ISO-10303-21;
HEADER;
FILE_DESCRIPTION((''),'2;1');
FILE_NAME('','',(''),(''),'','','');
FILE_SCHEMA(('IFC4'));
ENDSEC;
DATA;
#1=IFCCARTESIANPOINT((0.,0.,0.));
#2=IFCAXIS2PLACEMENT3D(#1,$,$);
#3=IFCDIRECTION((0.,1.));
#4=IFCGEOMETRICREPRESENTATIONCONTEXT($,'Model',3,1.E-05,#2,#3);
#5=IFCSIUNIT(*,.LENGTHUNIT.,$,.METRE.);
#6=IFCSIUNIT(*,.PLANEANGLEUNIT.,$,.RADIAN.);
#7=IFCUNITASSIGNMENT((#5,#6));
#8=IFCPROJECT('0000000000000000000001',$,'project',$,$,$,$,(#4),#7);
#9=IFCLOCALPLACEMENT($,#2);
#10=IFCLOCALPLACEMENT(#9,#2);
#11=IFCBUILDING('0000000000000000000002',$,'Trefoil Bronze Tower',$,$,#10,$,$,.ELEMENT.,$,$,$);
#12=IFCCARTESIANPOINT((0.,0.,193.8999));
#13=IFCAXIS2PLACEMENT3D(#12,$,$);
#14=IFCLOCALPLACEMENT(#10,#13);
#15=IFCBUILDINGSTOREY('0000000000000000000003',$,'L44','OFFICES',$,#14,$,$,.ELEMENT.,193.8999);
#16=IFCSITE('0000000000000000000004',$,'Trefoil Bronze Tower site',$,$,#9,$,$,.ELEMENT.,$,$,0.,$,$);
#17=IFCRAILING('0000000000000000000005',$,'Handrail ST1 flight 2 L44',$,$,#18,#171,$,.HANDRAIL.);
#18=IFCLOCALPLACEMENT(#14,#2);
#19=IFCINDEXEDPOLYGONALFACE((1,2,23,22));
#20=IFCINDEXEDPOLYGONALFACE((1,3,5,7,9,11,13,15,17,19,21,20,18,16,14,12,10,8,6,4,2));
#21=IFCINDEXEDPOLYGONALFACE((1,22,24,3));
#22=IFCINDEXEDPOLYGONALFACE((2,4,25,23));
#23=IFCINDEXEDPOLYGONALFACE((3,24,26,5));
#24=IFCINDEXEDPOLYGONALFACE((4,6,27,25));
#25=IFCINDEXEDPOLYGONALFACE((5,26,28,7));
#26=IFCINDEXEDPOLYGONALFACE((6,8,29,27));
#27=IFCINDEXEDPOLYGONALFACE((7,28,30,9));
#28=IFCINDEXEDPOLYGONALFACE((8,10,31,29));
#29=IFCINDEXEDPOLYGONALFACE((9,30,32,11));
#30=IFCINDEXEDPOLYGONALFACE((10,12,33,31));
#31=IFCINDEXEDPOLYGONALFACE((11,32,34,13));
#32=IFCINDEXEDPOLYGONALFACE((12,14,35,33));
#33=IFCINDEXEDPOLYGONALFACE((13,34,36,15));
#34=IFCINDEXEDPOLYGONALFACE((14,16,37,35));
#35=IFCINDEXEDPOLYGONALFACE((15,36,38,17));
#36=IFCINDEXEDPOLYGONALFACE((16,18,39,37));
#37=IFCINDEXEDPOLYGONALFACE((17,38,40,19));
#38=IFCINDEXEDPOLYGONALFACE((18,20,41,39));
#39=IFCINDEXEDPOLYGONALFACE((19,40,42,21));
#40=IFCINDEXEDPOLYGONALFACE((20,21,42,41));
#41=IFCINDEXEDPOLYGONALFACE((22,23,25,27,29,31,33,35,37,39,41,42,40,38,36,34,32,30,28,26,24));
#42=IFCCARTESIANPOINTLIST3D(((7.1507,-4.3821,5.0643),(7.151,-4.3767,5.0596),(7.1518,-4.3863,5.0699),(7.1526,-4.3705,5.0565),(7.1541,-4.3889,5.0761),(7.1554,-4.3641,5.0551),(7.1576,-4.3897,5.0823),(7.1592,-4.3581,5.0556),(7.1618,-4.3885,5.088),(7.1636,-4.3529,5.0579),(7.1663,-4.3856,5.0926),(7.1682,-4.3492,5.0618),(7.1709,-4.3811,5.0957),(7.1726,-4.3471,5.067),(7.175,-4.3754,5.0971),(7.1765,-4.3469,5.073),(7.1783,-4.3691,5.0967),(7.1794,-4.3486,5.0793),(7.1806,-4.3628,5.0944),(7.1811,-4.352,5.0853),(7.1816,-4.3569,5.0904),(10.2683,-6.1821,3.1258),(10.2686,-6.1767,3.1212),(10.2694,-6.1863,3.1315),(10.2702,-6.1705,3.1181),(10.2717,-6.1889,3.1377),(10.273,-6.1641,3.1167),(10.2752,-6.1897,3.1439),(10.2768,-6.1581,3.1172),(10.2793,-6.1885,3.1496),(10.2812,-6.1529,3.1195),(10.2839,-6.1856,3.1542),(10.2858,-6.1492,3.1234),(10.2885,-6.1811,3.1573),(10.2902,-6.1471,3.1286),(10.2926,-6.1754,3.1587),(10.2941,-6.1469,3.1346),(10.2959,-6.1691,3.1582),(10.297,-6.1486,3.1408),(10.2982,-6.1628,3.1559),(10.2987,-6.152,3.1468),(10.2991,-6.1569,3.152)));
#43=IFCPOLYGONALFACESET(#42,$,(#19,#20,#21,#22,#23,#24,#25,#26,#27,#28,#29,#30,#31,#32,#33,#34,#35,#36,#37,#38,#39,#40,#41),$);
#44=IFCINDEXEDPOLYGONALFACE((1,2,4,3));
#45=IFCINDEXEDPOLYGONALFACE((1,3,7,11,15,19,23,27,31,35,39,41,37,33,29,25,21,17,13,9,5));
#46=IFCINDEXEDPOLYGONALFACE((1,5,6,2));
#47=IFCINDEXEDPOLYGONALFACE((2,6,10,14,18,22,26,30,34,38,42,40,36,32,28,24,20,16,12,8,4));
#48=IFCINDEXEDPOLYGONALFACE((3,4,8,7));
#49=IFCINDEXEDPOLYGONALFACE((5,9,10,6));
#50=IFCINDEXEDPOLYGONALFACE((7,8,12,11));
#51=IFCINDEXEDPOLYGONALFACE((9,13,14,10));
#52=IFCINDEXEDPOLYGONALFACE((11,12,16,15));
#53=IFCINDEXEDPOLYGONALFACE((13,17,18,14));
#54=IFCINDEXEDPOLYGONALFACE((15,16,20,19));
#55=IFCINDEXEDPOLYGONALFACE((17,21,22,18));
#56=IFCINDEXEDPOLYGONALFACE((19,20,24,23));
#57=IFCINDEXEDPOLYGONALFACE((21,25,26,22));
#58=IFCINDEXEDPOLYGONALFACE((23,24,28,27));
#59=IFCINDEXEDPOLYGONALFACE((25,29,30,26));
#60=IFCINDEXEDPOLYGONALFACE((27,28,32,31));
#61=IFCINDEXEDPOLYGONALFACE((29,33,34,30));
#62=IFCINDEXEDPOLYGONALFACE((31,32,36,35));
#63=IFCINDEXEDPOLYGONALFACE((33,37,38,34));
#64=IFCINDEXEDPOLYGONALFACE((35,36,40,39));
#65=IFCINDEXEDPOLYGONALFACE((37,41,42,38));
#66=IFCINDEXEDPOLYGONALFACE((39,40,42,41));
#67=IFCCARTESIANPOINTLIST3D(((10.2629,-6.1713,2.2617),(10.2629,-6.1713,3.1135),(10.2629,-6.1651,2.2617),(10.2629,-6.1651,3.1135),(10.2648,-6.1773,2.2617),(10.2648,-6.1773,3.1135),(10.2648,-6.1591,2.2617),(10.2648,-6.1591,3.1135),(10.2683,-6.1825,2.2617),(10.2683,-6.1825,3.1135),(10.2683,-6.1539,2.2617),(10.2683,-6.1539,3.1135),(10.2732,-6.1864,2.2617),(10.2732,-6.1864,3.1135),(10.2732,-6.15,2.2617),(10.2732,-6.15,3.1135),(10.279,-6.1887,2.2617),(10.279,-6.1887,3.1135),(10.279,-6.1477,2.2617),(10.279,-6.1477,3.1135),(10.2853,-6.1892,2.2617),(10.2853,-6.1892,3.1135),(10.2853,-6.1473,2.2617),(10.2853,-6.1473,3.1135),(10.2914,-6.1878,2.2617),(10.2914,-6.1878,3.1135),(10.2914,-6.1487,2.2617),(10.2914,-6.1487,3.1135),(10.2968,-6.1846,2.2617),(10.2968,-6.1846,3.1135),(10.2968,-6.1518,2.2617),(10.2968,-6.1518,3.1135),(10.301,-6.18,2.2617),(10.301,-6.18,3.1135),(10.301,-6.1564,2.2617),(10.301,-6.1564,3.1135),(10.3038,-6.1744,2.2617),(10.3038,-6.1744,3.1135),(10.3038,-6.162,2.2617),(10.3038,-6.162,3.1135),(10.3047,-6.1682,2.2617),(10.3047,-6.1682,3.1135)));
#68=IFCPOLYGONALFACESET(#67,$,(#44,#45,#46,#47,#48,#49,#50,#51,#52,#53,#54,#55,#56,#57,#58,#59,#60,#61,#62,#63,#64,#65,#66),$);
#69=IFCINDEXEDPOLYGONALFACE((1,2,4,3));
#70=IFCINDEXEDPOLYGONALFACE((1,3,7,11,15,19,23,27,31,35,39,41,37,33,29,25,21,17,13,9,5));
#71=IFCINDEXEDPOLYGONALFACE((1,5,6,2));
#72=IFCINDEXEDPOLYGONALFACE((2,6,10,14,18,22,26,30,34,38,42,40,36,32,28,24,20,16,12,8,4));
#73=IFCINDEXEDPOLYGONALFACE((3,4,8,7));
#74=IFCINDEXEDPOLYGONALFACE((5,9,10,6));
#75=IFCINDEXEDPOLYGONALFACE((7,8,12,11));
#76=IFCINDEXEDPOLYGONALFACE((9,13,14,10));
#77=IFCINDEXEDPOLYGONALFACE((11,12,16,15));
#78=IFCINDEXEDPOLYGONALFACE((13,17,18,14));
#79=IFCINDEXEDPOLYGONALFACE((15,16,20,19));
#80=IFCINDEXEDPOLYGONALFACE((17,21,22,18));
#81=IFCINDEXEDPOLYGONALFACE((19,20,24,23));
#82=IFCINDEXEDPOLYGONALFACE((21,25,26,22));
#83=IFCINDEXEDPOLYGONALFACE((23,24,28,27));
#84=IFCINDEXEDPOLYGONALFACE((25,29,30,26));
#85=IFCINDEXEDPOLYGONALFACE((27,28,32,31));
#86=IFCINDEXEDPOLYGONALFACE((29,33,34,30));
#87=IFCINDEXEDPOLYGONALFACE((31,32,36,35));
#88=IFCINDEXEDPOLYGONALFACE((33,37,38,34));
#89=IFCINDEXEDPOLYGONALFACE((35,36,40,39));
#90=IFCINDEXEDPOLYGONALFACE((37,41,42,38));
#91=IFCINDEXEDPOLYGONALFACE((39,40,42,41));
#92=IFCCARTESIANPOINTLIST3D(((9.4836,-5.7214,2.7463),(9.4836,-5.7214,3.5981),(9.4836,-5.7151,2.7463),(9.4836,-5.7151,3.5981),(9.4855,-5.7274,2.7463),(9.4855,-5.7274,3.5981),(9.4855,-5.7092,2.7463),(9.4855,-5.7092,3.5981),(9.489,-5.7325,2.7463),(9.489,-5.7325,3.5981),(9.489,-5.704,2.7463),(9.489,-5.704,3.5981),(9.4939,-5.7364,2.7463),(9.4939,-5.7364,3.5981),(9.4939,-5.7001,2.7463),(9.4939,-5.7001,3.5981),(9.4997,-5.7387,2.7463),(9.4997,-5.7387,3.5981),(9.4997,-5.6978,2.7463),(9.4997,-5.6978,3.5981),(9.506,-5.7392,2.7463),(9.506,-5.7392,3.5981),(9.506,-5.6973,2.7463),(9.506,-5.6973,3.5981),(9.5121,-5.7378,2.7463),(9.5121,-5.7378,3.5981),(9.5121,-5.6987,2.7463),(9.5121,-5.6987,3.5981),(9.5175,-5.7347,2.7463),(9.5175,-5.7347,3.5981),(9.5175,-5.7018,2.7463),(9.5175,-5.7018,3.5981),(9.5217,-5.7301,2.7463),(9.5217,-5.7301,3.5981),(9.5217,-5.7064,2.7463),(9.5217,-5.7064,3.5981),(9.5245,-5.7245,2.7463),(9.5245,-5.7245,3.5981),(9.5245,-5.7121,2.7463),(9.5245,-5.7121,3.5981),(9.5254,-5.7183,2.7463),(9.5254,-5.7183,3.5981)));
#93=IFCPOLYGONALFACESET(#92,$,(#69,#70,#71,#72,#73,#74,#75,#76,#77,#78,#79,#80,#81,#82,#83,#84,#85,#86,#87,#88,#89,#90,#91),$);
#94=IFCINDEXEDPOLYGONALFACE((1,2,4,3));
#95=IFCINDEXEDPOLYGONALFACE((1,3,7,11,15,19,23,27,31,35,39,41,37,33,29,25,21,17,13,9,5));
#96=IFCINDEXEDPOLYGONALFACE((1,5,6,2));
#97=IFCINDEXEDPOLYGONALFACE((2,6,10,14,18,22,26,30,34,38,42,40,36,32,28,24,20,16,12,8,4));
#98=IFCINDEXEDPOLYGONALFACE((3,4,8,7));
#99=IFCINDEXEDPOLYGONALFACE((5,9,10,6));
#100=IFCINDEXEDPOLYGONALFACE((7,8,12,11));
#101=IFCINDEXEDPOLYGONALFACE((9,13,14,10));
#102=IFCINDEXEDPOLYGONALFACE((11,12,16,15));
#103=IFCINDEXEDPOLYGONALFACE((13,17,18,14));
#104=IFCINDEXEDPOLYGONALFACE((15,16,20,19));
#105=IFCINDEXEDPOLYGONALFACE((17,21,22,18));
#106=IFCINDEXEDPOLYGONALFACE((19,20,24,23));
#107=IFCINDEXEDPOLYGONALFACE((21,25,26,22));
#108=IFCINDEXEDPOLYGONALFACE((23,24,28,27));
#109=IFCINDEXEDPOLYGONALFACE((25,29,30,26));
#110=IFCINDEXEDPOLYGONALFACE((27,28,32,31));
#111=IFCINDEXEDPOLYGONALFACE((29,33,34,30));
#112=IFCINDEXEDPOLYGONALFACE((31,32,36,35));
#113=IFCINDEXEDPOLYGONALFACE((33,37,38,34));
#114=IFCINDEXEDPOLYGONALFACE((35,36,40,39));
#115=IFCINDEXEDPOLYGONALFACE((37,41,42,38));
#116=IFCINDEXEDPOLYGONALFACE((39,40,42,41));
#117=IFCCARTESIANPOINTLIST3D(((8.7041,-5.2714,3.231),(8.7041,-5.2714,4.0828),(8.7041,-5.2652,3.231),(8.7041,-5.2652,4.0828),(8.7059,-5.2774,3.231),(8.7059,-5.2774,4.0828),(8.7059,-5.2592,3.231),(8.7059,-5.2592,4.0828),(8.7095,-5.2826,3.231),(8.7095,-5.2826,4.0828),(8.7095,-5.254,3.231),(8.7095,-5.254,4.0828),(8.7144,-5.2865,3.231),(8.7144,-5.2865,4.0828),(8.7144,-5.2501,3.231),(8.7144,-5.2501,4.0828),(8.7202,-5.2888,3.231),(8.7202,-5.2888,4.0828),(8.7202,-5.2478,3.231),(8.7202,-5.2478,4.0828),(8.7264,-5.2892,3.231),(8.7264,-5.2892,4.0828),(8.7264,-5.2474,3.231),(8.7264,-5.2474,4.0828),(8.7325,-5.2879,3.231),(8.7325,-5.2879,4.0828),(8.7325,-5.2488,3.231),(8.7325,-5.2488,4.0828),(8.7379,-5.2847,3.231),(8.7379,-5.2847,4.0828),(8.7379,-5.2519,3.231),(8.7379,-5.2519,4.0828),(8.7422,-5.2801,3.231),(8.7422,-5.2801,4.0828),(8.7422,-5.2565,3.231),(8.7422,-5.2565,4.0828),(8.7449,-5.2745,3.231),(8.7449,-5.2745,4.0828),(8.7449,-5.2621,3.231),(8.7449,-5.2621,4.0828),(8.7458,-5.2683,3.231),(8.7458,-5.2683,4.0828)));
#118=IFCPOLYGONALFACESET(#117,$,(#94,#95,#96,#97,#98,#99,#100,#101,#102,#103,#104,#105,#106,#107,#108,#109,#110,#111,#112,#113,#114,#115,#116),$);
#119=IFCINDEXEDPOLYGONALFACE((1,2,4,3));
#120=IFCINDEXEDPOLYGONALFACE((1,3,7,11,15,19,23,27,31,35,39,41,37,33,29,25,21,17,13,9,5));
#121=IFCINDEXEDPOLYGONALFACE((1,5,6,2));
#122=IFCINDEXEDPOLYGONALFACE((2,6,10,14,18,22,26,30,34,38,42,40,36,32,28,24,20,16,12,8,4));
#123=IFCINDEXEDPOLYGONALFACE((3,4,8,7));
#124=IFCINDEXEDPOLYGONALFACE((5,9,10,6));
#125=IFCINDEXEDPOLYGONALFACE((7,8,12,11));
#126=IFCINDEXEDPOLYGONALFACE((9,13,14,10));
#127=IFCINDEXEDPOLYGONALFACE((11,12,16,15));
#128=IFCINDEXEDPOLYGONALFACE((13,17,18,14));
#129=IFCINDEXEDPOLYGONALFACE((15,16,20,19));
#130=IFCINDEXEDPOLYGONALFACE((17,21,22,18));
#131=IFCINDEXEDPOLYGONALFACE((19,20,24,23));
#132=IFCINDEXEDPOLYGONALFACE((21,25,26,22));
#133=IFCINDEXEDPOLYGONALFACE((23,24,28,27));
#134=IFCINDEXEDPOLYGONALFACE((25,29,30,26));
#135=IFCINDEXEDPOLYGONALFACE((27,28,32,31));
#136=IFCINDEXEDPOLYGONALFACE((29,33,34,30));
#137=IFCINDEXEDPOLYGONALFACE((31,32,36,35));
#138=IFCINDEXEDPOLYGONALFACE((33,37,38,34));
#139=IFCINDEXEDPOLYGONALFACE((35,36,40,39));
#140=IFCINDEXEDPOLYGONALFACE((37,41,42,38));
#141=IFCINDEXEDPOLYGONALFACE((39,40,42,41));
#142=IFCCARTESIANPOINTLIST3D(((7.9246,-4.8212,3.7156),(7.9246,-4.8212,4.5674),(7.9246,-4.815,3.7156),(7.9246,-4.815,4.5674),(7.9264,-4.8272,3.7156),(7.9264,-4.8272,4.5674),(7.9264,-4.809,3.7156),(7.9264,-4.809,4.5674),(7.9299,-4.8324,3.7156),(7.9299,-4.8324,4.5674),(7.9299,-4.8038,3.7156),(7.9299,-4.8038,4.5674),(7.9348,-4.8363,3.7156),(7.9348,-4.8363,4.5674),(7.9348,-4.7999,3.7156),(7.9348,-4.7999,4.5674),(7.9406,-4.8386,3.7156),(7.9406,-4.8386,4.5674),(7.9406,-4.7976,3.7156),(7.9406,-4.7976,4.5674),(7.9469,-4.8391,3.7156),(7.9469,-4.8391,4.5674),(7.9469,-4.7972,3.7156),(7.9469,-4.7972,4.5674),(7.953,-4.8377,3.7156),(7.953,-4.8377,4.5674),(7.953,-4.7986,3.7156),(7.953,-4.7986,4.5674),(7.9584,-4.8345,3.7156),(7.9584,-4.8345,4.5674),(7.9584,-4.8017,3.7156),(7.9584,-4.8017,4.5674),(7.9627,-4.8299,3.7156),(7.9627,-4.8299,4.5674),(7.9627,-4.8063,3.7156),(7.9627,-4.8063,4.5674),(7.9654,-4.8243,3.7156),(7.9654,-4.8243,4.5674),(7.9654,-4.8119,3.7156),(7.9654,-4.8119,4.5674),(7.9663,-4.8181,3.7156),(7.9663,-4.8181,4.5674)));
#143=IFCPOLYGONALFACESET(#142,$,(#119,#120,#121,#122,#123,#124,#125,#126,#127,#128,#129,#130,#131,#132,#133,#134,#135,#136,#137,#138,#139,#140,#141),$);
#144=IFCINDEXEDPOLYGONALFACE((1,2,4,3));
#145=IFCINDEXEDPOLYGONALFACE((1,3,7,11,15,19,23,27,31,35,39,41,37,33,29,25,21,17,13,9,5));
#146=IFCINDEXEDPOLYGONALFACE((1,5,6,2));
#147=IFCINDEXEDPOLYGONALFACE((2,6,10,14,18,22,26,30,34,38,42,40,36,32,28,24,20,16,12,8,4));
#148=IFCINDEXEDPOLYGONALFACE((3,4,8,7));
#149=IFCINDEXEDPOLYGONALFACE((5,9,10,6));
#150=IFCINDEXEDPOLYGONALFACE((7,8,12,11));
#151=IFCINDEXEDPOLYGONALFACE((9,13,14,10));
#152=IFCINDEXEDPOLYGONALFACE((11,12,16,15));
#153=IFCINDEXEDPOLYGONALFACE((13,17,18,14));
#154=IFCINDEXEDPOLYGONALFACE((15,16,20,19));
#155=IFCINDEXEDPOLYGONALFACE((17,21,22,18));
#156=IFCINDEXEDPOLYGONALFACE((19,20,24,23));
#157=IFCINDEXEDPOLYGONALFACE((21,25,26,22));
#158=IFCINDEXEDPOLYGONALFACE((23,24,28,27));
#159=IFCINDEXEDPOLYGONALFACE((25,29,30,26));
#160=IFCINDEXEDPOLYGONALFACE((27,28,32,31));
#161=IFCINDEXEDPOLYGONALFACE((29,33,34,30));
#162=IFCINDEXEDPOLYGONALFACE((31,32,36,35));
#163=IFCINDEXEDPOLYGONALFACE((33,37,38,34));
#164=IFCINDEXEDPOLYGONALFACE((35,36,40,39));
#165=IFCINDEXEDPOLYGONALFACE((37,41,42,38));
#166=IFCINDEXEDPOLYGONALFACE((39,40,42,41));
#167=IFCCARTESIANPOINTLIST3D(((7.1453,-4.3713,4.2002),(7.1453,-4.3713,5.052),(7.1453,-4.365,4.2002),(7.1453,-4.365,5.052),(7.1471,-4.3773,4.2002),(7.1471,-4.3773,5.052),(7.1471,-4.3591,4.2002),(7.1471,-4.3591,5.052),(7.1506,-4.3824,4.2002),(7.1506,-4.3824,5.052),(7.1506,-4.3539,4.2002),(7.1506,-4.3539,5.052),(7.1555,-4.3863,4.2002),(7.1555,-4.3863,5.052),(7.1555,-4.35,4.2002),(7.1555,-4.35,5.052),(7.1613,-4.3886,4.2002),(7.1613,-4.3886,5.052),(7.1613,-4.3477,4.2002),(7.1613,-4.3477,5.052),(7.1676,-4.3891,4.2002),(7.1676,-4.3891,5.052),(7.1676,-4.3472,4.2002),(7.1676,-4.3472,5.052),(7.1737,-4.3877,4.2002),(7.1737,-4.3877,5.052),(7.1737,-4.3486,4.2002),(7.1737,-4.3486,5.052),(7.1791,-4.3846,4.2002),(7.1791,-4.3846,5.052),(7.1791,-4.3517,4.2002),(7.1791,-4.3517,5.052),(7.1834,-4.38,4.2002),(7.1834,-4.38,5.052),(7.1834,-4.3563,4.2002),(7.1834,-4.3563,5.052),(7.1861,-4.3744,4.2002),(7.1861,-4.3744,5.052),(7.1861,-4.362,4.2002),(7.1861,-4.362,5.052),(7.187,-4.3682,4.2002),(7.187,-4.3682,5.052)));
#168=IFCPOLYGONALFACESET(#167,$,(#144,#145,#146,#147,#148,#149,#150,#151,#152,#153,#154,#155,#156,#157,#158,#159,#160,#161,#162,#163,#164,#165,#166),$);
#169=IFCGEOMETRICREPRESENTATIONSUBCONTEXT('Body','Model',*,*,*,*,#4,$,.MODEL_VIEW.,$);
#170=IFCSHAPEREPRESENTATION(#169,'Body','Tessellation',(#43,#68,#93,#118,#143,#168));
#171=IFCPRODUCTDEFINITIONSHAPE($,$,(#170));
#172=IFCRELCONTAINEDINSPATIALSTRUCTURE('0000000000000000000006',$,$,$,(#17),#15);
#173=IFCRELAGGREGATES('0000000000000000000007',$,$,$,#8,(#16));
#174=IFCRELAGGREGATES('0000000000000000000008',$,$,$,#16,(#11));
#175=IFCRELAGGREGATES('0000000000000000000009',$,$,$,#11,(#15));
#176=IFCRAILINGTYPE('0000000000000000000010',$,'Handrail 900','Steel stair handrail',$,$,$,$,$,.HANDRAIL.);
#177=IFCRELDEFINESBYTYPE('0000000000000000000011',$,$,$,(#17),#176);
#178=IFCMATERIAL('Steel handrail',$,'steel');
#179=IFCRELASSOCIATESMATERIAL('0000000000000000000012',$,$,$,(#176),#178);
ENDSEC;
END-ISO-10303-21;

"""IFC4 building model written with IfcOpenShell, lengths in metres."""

from ifc_helpers import new_model, si_unit, direction, frame, origin, origin_2d, place, context, subcontext, project, spatial, circle, extrude, material, type_object, element, save


model = new_model("IFC4")

# Units and contexts
model_context = context("Model", 3, precision=1e-05, world=origin(), true_north=direction((0.0, 1.0)))
body_context = subcontext(model_context, "Body", "Model", "MODEL_VIEW")
ifc_project = project(units=[si_unit("LENGTHUNIT", "METRE"), si_unit("PLANEANGLEUNIT", "RADIAN")], contexts=[model_context])

# Site, building, storey
site_placement = place(None, origin())
site = spatial("IfcSite", under=ifc_project, at=site_placement, Name="Trefoil Bronze Tower site", CompositionType="ELEMENT", RefElevation=0.0)
building_placement = place(site_placement, origin())
building = spatial("IfcBuilding", under=site, at=building_placement, Name="Trefoil Bronze Tower", CompositionType="ELEMENT")
storey_placement = place(building_placement, frame((0.0, 0.0, 193.8999)))
storey = spatial("IfcBuildingStorey", under=building, at=storey_placement, Name="L44", Description="OFFICES", CompositionType="ELEMENT", Elevation=193.8999)

# Railing
ifc_material_1 = material(Name="Steel handrail", Category="steel")
railing_type = type_object("IfcRailingType", Name="Handrail 900", Description="Steel stair handrail", PredefinedType="HANDRAIL", material=ifc_material_1)
railing_1_placement = place(storey_placement, frame((10.2837, -6.1682, 2.2617)))
element("IfcRailing", 1, at=railing_1_placement, inside=storey, type_object=railing_type, Name="Handrail ST1 flight 2 L44", PredefinedType="HANDRAIL", context=body_context, shape_type="SweptSolid", body=[
    extrude(circle(Radius=0.0239, at=origin_2d()), frame((0.0, 0.0, 0.876), z_axis=(-0.762503, 0.440246, 0.474102), x_axis=(-0.500012, -0.866018, 0.0)), (0.0, 0.0, 1.0), 4.0886),
    extrude(circle(Radius=0.021, at=origin_2d()), origin(), (0.0, 0.0, 1.0), 0.8518),
    extrude(circle(Radius=0.021, at=origin_2d()), frame((-0.7793, 0.45, 0.4846)), (0.0, 0.0, 1.0), 0.8518),
    extrude(circle(Radius=0.021, at=origin_2d()), frame((-1.5588, 0.8999, 0.9692)), (0.0, 0.0, 1.0), 0.8518),
    extrude(circle(Radius=0.021, at=origin_2d()), frame((-2.3384, 1.3501, 1.4539)), (0.0, 0.0, 1.0), 0.8518),
    extrude(circle(Radius=0.021, at=origin_2d()), frame((-3.1177, 1.8, 1.9385)), (0.0, 0.0, 1.0), 0.8518),
])

save(model, "model.ifc")
